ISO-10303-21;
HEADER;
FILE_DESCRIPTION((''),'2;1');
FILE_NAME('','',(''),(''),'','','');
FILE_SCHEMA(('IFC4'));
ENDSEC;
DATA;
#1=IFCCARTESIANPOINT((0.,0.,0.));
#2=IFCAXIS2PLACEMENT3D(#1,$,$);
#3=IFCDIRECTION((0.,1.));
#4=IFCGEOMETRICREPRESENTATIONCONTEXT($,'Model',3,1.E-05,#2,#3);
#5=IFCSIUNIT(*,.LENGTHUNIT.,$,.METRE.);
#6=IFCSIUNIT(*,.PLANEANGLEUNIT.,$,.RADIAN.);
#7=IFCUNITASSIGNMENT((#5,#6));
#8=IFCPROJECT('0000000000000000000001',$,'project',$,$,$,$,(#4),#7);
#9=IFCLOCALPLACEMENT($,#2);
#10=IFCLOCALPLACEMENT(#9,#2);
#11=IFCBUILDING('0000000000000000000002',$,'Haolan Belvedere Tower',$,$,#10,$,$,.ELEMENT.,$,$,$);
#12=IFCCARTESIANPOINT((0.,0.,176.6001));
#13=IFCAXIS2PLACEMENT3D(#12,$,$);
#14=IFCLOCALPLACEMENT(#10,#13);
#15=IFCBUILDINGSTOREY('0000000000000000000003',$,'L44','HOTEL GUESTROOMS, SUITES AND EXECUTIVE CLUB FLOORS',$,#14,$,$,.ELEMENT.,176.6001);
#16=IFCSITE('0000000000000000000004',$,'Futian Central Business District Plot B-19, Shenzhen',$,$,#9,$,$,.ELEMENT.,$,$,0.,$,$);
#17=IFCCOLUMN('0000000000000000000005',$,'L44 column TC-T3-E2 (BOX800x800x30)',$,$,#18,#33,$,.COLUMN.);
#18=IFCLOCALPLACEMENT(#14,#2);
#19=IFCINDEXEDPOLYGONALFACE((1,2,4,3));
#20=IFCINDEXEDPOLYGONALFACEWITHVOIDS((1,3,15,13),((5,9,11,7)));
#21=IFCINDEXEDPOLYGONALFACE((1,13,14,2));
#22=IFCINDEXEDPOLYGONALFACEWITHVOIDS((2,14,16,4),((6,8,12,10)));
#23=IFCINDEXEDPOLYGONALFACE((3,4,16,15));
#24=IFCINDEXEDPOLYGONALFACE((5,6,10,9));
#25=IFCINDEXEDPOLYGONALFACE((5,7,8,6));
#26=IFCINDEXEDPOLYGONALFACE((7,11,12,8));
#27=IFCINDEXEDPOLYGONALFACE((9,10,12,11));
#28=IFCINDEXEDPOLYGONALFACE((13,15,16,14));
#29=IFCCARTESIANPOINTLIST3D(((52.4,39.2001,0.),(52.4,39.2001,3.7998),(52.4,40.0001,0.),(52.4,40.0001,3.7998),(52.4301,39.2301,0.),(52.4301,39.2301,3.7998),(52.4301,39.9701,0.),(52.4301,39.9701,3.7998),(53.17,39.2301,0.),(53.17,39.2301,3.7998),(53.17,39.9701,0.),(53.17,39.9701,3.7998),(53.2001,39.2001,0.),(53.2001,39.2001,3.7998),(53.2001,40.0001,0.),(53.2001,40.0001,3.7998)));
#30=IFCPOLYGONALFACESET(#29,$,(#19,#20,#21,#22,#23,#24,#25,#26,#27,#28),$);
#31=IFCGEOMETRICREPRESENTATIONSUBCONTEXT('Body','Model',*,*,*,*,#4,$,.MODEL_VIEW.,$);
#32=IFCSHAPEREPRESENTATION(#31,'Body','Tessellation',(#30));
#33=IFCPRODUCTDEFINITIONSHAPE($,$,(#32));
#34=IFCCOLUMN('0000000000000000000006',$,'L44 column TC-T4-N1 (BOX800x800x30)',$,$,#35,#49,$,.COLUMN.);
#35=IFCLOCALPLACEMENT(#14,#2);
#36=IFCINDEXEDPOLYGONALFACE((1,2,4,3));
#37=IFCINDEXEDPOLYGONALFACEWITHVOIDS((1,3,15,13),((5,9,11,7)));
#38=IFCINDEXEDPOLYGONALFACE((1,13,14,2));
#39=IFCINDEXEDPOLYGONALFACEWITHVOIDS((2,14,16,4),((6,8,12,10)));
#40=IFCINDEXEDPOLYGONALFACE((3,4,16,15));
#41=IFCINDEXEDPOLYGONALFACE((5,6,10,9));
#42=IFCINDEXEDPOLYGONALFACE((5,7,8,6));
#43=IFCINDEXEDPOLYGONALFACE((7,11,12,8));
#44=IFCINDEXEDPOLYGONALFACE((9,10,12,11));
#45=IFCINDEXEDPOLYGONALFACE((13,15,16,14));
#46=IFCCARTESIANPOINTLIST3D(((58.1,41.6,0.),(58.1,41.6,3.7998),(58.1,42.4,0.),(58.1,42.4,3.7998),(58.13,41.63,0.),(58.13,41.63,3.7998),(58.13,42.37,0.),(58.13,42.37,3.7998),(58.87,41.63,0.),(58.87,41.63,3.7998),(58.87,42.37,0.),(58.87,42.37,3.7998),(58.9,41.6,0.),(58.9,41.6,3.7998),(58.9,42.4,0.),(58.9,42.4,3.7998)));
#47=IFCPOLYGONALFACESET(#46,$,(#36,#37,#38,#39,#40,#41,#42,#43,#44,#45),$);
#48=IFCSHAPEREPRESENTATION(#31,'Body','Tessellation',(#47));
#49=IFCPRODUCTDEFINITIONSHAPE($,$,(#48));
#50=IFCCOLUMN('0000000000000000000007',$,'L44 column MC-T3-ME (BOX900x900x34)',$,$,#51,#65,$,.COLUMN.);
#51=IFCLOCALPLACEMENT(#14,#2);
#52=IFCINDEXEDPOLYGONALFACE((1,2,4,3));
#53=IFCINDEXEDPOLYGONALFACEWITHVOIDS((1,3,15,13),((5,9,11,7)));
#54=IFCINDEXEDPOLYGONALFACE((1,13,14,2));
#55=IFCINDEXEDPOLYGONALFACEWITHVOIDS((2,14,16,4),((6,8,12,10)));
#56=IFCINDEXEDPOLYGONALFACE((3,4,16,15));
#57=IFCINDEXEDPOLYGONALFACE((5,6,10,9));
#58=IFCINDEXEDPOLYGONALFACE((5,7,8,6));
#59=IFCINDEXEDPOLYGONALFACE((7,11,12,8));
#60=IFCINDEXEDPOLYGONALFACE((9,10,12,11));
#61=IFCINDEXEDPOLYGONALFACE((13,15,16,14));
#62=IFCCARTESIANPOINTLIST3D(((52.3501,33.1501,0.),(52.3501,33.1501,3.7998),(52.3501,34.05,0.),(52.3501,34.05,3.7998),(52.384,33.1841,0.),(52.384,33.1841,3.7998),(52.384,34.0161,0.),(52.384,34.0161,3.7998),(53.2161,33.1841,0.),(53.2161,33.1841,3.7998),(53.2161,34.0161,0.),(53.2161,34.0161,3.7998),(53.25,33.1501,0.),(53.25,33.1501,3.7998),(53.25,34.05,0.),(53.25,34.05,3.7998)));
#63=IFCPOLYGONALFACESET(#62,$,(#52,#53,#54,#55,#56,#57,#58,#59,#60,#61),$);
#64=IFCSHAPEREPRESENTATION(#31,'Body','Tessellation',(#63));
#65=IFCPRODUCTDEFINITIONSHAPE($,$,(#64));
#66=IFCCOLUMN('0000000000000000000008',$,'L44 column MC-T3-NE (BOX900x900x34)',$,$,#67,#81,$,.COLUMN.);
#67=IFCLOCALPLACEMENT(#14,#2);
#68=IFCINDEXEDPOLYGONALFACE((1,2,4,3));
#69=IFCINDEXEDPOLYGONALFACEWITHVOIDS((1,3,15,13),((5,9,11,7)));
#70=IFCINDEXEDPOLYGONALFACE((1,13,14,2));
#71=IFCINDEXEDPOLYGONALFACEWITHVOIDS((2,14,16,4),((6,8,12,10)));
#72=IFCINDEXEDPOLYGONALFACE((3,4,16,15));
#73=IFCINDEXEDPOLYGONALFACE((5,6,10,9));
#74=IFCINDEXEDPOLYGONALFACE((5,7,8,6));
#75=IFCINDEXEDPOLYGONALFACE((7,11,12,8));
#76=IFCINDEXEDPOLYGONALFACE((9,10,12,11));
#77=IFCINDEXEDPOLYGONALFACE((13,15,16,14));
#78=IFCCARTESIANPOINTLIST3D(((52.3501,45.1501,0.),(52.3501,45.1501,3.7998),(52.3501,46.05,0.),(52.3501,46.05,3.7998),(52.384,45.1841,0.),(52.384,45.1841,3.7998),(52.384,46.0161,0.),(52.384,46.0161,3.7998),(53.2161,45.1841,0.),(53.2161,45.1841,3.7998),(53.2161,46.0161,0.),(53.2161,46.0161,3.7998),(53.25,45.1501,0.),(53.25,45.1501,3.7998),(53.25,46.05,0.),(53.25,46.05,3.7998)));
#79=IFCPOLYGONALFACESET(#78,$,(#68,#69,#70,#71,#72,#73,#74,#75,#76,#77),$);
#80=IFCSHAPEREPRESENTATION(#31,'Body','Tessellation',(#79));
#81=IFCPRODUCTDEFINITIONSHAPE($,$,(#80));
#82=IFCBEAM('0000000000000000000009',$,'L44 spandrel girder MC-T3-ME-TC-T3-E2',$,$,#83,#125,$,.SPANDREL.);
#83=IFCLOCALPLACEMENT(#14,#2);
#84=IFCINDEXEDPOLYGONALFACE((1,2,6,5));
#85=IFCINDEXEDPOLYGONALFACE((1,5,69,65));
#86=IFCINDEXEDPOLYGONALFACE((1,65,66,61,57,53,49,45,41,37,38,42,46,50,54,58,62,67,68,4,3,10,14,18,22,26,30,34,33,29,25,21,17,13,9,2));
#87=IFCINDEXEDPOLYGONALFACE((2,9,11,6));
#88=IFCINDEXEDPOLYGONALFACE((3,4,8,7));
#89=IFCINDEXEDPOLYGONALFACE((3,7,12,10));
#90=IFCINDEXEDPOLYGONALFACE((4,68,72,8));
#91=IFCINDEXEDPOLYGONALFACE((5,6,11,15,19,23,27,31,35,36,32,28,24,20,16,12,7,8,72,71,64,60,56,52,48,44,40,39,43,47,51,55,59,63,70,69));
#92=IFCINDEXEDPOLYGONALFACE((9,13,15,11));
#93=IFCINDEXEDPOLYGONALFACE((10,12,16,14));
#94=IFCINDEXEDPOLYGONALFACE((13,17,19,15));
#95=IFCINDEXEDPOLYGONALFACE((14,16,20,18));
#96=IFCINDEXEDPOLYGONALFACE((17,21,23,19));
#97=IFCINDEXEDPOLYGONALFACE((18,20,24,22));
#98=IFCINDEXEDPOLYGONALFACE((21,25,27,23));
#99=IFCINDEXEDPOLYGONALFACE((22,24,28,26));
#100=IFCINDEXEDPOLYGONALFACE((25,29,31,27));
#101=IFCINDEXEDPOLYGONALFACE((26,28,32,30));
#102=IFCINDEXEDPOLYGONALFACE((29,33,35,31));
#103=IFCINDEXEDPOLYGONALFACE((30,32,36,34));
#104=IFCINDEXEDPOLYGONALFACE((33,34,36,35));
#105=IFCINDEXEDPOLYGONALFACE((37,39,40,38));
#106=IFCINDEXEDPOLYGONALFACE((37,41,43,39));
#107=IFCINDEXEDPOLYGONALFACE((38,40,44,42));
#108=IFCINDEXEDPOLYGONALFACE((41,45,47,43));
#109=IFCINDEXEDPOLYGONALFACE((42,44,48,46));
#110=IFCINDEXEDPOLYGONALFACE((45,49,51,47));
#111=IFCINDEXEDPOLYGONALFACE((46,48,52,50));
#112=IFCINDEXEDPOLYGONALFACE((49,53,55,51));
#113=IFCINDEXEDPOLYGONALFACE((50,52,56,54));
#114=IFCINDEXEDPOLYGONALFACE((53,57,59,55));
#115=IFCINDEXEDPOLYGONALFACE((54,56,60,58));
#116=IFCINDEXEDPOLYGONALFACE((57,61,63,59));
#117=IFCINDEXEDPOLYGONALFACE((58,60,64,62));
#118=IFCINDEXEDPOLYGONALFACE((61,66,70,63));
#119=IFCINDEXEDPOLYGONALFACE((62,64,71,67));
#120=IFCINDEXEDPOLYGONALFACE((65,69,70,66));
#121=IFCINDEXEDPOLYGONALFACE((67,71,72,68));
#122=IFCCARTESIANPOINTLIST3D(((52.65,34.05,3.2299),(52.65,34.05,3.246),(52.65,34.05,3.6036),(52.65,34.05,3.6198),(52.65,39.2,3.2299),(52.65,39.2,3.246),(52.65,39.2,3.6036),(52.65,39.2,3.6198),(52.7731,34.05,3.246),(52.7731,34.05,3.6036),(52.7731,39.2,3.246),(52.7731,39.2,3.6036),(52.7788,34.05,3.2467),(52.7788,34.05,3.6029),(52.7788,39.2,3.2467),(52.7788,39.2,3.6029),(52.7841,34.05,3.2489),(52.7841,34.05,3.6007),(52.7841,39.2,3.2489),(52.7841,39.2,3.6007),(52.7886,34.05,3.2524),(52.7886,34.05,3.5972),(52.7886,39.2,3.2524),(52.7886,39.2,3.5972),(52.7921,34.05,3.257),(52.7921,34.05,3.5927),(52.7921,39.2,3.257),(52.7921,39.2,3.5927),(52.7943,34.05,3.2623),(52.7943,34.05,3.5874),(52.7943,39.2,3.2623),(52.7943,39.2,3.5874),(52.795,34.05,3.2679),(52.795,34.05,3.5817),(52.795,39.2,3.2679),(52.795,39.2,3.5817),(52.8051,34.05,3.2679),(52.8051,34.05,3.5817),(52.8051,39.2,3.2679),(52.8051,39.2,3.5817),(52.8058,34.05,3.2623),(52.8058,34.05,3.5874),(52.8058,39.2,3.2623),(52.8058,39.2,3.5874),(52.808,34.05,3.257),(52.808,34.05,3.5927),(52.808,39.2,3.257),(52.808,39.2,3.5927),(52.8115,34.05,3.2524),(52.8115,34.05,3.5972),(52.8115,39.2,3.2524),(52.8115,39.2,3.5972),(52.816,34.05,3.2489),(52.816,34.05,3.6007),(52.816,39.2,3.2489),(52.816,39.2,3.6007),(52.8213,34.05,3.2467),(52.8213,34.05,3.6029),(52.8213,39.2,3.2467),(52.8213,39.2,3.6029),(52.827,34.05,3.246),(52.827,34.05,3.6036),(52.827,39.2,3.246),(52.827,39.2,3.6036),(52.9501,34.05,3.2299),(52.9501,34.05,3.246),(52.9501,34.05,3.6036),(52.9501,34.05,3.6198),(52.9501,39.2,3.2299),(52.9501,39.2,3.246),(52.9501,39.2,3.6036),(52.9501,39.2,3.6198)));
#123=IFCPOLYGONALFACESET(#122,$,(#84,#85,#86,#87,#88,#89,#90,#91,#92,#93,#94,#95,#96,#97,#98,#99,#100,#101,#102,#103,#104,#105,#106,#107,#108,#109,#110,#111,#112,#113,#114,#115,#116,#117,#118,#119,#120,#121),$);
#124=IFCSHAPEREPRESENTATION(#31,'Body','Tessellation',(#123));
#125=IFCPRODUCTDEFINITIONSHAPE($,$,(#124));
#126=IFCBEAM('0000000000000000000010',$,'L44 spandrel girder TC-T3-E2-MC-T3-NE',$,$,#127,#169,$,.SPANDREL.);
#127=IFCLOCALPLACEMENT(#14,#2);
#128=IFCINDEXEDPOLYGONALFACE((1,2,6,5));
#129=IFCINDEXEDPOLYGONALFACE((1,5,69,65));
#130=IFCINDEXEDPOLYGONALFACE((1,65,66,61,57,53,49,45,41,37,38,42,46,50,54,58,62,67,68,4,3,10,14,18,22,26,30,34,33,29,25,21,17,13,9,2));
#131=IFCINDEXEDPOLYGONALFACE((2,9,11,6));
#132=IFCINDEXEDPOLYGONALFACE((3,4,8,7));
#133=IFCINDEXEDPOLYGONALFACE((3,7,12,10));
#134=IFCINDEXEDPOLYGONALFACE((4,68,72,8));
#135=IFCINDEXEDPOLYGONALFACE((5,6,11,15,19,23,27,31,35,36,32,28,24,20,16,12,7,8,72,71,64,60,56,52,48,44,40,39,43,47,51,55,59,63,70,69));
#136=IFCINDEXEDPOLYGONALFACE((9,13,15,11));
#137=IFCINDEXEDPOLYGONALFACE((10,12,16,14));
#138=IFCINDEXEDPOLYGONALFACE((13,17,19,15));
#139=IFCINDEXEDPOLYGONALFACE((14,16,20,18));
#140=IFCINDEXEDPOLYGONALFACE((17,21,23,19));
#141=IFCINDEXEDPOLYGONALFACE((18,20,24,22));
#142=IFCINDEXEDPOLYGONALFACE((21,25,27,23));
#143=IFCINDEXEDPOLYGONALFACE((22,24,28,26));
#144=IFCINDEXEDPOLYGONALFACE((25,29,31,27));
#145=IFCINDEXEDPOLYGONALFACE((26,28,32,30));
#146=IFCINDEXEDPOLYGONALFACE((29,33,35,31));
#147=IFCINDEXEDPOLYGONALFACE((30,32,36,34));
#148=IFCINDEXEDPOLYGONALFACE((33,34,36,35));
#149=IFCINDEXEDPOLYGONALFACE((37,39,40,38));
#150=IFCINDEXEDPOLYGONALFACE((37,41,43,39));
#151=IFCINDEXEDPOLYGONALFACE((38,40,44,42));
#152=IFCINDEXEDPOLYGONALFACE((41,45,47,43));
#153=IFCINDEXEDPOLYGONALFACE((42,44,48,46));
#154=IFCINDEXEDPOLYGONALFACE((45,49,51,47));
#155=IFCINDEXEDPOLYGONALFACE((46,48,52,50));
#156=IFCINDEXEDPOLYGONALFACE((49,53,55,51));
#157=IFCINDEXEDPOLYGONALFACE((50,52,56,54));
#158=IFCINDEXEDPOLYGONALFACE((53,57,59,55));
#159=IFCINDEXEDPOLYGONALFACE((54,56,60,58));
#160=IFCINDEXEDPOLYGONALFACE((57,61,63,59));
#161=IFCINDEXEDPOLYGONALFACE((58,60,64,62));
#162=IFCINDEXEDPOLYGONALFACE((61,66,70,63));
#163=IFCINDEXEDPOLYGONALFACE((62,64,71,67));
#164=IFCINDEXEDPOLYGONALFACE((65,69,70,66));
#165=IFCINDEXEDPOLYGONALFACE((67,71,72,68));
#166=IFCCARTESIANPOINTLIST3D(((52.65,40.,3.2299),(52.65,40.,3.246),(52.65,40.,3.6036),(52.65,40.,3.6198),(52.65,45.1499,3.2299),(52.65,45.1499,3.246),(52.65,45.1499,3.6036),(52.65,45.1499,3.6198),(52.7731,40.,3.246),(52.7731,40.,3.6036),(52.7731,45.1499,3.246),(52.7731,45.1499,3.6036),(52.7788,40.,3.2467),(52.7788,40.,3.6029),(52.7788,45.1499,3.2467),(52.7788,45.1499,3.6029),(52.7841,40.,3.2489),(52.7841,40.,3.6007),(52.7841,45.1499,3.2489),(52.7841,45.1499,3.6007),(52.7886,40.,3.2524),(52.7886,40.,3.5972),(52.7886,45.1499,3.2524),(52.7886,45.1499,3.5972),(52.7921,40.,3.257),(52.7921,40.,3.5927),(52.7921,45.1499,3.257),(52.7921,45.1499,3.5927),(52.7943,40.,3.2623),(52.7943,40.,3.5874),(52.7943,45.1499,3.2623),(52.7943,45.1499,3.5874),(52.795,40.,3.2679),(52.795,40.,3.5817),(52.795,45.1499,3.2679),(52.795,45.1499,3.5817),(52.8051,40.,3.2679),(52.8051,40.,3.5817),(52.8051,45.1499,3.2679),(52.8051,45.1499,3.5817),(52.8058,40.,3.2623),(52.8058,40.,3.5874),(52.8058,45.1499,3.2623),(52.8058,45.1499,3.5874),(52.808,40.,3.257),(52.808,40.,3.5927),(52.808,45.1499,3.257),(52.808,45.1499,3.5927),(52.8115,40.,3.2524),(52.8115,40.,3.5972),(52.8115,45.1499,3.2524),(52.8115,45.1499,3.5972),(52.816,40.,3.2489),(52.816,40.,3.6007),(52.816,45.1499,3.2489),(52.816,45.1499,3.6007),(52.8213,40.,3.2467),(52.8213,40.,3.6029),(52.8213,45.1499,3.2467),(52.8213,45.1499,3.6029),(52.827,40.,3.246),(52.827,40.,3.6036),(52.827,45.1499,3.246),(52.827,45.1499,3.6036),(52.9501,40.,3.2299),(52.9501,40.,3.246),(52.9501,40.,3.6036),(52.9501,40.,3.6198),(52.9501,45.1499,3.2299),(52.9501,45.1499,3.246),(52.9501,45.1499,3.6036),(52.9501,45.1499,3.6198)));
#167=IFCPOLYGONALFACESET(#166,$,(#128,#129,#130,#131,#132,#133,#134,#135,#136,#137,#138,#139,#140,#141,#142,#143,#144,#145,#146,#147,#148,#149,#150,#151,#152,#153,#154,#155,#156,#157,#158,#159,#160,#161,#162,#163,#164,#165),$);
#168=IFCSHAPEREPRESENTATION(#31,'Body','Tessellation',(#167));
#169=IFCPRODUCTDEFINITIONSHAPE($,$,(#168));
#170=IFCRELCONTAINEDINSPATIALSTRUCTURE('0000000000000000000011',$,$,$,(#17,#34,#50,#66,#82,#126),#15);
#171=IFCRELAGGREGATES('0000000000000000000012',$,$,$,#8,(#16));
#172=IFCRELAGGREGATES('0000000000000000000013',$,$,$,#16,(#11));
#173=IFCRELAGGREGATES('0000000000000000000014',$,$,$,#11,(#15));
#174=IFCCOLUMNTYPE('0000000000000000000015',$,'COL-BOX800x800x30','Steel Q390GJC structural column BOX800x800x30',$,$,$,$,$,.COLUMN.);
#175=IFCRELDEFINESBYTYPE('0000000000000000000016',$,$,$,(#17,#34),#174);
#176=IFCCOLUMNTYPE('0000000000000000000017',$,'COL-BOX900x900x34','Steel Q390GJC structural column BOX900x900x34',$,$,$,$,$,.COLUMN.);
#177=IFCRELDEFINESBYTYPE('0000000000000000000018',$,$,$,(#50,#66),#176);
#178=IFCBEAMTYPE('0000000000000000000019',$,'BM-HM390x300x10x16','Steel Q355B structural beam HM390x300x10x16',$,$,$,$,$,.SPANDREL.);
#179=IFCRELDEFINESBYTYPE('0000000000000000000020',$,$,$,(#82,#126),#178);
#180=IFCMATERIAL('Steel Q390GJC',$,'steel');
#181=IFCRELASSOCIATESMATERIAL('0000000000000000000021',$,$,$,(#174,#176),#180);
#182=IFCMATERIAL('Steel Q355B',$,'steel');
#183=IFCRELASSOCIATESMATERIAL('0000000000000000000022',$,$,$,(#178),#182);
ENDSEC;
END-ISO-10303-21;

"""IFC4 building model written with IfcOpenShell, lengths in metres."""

from ifc_helpers import new_model, si_unit, direction, frame, origin, origin_2d, place, context, subcontext, project, spatial, hollow_rectangle, i_section, extrude, material, material_profile, profile_set, type_object, element, save


model = new_model("IFC4")

# Units and contexts
model_context = context("Model", 3, precision=1e-05, world=origin(), true_north=direction((0.0, 1.0)))
body_context = subcontext(model_context, "Body", "Model", "MODEL_VIEW")
ifc_project = project(units=[si_unit("LENGTHUNIT", "METRE"), si_unit("PLANEANGLEUNIT", "RADIAN")], contexts=[model_context])

# Site, building, storey
site_placement = place(None, origin())
site = spatial("IfcSite", under=ifc_project, at=site_placement, Name="Futian Central Business District Plot B-19, Shenzhen", CompositionType="ELEMENT", RefElevation=0.0)
building_placement = place(site_placement, origin())
building = spatial("IfcBuilding", under=site, at=building_placement, Name="Haolan Belvedere Tower", CompositionType="ELEMENT")
storey_placement = place(building_placement, frame((0.0, 0.0, 176.6001)))
storey = spatial("IfcBuildingStorey", under=building, at=storey_placement, Name="L44", Description="HOTEL GUESTROOMS, SUITES AND EXECUTIVE CLUB FLOORS", CompositionType="ELEMENT", Elevation=176.6001)

# Columns
ifc_material_1 = material(Name="Steel Q390GJC", Category="steel")
ifc_material_profile_1 = material_profile(ifc_material_1, hollow_rectangle(XDim=0.8, YDim=0.8, WallThickness=0.03, at=origin_2d()), Name="Steel Q390GJC")
ifc_profile_set_1 = profile_set([ifc_material_profile_1], Name="Steel Q390GJC")
column_type_1 = type_object("IfcColumnType", Name="COL-BOX800x800x30", Description="Steel Q390GJC structural column BOX800x800x30", PredefinedType="COLUMN", material=ifc_profile_set_1)
for number, where, z_axis, x_axis, name in (
    (1, (52.8, 39.6001, 0.0), (0.0, 0.0, 1.0), (1.0, 0.0, 0.0), "L44 column TC-T3-E2 (BOX800x800x30)"),
    (2, (58.5, 42.0, 0.0), (0.0, 0.0, 1.0), (1.0, 0.0, 0.0), "L44 column TC-T4-N1 (BOX800x800x30)"),
):
    element("IfcColumn", number, at=place(storey_placement, frame(where, z_axis=z_axis, x_axis=x_axis)), inside=storey, type_object=column_type_1, Name=name, PredefinedType="COLUMN", context=body_context, shape_type="SweptSolid", body=[
        extrude(hollow_rectangle(XDim=0.8, YDim=0.8, WallThickness=0.03, at=origin_2d()), origin(), (0.0, 0.0, 1.0), 3.7998),
    ])
ifc_material_profile_2 = material_profile(ifc_material_1, hollow_rectangle(XDim=0.8999, YDim=0.8999, WallThickness=0.0339, at=origin_2d()), Name="Steel Q390GJC")
ifc_profile_set_2 = profile_set([ifc_material_profile_2], Name="Steel Q390GJC")
column_type_2 = type_object("IfcColumnType", Name="COL-BOX900x900x34", Description="Steel Q390GJC structural column BOX900x900x34", PredefinedType="COLUMN", material=ifc_profile_set_2)
for number, where, z_axis, x_axis, name in (
    (3, (52.8, 33.6001, 0.0), (0.0, 0.0, 1.0), (1.0, 0.0, 0.0), "L44 column MC-T3-ME (BOX900x900x34)"),
    (4, (52.8, 45.6001, 0.0), (0.0, 0.0, 1.0), (1.0, 0.0, 0.0), "L44 column MC-T3-NE (BOX900x900x34)"),
):
    element("IfcColumn", number, at=place(storey_placement, frame(where, z_axis=z_axis, x_axis=x_axis)), inside=storey, type_object=column_type_2, Name=name, PredefinedType="COLUMN", context=body_context, shape_type="SweptSolid", body=[
        extrude(hollow_rectangle(XDim=0.8999, YDim=0.8999, WallThickness=0.0339, at=origin_2d()), origin(), (0.0, 0.0, 1.0), 3.7998),
    ])

# Beams
ifc_material_2 = material(Name="Steel Q355B", Category="steel")
ifc_material_profile_3 = material_profile(ifc_material_2, i_section(OverallWidth=0.3, OverallDepth=0.3899, WebThickness=0.01, FlangeThickness=0.0161, FilletRadius=0.022, at=origin_2d()), Name="Steel Q355B")
ifc_profile_set_3 = profile_set([ifc_material_profile_3], Name="Steel Q355B")
beam_type = type_object("IfcBeamType", Name="BM-HM390x300x10x16", Description="Steel Q355B structural beam HM390x300x10x16", PredefinedType="SPANDREL", material=ifc_profile_set_3)
for number, where, z_axis, x_axis, name in (
    (5, (52.8, 34.05, 3.4248), (0.0, 1.0, 0.0), (-1.0, 0.0, 0.0), "L44 spandrel girder MC-T3-ME-TC-T3-E2"),
    (6, (52.8, 40.0, 3.4248), (0.0, 1.0, 0.0), (-1.0, 0.0, 0.0), "L44 spandrel girder TC-T3-E2-MC-T3-NE"),
):
    element("IfcBeam", number, at=place(storey_placement, frame(where, z_axis=z_axis, x_axis=x_axis)), inside=storey, type_object=beam_type, Name=name, PredefinedType="SPANDREL", context=body_context, shape_type="SweptSolid", body=[
        extrude(i_section(OverallWidth=0.3, OverallDepth=0.3899, WebThickness=0.01, FlangeThickness=0.0161, FilletRadius=0.022, at=origin_2d()), origin(), (0.0, 0.0, 1.0), 5.1499),
    ])

save(model, "model.ifc")
